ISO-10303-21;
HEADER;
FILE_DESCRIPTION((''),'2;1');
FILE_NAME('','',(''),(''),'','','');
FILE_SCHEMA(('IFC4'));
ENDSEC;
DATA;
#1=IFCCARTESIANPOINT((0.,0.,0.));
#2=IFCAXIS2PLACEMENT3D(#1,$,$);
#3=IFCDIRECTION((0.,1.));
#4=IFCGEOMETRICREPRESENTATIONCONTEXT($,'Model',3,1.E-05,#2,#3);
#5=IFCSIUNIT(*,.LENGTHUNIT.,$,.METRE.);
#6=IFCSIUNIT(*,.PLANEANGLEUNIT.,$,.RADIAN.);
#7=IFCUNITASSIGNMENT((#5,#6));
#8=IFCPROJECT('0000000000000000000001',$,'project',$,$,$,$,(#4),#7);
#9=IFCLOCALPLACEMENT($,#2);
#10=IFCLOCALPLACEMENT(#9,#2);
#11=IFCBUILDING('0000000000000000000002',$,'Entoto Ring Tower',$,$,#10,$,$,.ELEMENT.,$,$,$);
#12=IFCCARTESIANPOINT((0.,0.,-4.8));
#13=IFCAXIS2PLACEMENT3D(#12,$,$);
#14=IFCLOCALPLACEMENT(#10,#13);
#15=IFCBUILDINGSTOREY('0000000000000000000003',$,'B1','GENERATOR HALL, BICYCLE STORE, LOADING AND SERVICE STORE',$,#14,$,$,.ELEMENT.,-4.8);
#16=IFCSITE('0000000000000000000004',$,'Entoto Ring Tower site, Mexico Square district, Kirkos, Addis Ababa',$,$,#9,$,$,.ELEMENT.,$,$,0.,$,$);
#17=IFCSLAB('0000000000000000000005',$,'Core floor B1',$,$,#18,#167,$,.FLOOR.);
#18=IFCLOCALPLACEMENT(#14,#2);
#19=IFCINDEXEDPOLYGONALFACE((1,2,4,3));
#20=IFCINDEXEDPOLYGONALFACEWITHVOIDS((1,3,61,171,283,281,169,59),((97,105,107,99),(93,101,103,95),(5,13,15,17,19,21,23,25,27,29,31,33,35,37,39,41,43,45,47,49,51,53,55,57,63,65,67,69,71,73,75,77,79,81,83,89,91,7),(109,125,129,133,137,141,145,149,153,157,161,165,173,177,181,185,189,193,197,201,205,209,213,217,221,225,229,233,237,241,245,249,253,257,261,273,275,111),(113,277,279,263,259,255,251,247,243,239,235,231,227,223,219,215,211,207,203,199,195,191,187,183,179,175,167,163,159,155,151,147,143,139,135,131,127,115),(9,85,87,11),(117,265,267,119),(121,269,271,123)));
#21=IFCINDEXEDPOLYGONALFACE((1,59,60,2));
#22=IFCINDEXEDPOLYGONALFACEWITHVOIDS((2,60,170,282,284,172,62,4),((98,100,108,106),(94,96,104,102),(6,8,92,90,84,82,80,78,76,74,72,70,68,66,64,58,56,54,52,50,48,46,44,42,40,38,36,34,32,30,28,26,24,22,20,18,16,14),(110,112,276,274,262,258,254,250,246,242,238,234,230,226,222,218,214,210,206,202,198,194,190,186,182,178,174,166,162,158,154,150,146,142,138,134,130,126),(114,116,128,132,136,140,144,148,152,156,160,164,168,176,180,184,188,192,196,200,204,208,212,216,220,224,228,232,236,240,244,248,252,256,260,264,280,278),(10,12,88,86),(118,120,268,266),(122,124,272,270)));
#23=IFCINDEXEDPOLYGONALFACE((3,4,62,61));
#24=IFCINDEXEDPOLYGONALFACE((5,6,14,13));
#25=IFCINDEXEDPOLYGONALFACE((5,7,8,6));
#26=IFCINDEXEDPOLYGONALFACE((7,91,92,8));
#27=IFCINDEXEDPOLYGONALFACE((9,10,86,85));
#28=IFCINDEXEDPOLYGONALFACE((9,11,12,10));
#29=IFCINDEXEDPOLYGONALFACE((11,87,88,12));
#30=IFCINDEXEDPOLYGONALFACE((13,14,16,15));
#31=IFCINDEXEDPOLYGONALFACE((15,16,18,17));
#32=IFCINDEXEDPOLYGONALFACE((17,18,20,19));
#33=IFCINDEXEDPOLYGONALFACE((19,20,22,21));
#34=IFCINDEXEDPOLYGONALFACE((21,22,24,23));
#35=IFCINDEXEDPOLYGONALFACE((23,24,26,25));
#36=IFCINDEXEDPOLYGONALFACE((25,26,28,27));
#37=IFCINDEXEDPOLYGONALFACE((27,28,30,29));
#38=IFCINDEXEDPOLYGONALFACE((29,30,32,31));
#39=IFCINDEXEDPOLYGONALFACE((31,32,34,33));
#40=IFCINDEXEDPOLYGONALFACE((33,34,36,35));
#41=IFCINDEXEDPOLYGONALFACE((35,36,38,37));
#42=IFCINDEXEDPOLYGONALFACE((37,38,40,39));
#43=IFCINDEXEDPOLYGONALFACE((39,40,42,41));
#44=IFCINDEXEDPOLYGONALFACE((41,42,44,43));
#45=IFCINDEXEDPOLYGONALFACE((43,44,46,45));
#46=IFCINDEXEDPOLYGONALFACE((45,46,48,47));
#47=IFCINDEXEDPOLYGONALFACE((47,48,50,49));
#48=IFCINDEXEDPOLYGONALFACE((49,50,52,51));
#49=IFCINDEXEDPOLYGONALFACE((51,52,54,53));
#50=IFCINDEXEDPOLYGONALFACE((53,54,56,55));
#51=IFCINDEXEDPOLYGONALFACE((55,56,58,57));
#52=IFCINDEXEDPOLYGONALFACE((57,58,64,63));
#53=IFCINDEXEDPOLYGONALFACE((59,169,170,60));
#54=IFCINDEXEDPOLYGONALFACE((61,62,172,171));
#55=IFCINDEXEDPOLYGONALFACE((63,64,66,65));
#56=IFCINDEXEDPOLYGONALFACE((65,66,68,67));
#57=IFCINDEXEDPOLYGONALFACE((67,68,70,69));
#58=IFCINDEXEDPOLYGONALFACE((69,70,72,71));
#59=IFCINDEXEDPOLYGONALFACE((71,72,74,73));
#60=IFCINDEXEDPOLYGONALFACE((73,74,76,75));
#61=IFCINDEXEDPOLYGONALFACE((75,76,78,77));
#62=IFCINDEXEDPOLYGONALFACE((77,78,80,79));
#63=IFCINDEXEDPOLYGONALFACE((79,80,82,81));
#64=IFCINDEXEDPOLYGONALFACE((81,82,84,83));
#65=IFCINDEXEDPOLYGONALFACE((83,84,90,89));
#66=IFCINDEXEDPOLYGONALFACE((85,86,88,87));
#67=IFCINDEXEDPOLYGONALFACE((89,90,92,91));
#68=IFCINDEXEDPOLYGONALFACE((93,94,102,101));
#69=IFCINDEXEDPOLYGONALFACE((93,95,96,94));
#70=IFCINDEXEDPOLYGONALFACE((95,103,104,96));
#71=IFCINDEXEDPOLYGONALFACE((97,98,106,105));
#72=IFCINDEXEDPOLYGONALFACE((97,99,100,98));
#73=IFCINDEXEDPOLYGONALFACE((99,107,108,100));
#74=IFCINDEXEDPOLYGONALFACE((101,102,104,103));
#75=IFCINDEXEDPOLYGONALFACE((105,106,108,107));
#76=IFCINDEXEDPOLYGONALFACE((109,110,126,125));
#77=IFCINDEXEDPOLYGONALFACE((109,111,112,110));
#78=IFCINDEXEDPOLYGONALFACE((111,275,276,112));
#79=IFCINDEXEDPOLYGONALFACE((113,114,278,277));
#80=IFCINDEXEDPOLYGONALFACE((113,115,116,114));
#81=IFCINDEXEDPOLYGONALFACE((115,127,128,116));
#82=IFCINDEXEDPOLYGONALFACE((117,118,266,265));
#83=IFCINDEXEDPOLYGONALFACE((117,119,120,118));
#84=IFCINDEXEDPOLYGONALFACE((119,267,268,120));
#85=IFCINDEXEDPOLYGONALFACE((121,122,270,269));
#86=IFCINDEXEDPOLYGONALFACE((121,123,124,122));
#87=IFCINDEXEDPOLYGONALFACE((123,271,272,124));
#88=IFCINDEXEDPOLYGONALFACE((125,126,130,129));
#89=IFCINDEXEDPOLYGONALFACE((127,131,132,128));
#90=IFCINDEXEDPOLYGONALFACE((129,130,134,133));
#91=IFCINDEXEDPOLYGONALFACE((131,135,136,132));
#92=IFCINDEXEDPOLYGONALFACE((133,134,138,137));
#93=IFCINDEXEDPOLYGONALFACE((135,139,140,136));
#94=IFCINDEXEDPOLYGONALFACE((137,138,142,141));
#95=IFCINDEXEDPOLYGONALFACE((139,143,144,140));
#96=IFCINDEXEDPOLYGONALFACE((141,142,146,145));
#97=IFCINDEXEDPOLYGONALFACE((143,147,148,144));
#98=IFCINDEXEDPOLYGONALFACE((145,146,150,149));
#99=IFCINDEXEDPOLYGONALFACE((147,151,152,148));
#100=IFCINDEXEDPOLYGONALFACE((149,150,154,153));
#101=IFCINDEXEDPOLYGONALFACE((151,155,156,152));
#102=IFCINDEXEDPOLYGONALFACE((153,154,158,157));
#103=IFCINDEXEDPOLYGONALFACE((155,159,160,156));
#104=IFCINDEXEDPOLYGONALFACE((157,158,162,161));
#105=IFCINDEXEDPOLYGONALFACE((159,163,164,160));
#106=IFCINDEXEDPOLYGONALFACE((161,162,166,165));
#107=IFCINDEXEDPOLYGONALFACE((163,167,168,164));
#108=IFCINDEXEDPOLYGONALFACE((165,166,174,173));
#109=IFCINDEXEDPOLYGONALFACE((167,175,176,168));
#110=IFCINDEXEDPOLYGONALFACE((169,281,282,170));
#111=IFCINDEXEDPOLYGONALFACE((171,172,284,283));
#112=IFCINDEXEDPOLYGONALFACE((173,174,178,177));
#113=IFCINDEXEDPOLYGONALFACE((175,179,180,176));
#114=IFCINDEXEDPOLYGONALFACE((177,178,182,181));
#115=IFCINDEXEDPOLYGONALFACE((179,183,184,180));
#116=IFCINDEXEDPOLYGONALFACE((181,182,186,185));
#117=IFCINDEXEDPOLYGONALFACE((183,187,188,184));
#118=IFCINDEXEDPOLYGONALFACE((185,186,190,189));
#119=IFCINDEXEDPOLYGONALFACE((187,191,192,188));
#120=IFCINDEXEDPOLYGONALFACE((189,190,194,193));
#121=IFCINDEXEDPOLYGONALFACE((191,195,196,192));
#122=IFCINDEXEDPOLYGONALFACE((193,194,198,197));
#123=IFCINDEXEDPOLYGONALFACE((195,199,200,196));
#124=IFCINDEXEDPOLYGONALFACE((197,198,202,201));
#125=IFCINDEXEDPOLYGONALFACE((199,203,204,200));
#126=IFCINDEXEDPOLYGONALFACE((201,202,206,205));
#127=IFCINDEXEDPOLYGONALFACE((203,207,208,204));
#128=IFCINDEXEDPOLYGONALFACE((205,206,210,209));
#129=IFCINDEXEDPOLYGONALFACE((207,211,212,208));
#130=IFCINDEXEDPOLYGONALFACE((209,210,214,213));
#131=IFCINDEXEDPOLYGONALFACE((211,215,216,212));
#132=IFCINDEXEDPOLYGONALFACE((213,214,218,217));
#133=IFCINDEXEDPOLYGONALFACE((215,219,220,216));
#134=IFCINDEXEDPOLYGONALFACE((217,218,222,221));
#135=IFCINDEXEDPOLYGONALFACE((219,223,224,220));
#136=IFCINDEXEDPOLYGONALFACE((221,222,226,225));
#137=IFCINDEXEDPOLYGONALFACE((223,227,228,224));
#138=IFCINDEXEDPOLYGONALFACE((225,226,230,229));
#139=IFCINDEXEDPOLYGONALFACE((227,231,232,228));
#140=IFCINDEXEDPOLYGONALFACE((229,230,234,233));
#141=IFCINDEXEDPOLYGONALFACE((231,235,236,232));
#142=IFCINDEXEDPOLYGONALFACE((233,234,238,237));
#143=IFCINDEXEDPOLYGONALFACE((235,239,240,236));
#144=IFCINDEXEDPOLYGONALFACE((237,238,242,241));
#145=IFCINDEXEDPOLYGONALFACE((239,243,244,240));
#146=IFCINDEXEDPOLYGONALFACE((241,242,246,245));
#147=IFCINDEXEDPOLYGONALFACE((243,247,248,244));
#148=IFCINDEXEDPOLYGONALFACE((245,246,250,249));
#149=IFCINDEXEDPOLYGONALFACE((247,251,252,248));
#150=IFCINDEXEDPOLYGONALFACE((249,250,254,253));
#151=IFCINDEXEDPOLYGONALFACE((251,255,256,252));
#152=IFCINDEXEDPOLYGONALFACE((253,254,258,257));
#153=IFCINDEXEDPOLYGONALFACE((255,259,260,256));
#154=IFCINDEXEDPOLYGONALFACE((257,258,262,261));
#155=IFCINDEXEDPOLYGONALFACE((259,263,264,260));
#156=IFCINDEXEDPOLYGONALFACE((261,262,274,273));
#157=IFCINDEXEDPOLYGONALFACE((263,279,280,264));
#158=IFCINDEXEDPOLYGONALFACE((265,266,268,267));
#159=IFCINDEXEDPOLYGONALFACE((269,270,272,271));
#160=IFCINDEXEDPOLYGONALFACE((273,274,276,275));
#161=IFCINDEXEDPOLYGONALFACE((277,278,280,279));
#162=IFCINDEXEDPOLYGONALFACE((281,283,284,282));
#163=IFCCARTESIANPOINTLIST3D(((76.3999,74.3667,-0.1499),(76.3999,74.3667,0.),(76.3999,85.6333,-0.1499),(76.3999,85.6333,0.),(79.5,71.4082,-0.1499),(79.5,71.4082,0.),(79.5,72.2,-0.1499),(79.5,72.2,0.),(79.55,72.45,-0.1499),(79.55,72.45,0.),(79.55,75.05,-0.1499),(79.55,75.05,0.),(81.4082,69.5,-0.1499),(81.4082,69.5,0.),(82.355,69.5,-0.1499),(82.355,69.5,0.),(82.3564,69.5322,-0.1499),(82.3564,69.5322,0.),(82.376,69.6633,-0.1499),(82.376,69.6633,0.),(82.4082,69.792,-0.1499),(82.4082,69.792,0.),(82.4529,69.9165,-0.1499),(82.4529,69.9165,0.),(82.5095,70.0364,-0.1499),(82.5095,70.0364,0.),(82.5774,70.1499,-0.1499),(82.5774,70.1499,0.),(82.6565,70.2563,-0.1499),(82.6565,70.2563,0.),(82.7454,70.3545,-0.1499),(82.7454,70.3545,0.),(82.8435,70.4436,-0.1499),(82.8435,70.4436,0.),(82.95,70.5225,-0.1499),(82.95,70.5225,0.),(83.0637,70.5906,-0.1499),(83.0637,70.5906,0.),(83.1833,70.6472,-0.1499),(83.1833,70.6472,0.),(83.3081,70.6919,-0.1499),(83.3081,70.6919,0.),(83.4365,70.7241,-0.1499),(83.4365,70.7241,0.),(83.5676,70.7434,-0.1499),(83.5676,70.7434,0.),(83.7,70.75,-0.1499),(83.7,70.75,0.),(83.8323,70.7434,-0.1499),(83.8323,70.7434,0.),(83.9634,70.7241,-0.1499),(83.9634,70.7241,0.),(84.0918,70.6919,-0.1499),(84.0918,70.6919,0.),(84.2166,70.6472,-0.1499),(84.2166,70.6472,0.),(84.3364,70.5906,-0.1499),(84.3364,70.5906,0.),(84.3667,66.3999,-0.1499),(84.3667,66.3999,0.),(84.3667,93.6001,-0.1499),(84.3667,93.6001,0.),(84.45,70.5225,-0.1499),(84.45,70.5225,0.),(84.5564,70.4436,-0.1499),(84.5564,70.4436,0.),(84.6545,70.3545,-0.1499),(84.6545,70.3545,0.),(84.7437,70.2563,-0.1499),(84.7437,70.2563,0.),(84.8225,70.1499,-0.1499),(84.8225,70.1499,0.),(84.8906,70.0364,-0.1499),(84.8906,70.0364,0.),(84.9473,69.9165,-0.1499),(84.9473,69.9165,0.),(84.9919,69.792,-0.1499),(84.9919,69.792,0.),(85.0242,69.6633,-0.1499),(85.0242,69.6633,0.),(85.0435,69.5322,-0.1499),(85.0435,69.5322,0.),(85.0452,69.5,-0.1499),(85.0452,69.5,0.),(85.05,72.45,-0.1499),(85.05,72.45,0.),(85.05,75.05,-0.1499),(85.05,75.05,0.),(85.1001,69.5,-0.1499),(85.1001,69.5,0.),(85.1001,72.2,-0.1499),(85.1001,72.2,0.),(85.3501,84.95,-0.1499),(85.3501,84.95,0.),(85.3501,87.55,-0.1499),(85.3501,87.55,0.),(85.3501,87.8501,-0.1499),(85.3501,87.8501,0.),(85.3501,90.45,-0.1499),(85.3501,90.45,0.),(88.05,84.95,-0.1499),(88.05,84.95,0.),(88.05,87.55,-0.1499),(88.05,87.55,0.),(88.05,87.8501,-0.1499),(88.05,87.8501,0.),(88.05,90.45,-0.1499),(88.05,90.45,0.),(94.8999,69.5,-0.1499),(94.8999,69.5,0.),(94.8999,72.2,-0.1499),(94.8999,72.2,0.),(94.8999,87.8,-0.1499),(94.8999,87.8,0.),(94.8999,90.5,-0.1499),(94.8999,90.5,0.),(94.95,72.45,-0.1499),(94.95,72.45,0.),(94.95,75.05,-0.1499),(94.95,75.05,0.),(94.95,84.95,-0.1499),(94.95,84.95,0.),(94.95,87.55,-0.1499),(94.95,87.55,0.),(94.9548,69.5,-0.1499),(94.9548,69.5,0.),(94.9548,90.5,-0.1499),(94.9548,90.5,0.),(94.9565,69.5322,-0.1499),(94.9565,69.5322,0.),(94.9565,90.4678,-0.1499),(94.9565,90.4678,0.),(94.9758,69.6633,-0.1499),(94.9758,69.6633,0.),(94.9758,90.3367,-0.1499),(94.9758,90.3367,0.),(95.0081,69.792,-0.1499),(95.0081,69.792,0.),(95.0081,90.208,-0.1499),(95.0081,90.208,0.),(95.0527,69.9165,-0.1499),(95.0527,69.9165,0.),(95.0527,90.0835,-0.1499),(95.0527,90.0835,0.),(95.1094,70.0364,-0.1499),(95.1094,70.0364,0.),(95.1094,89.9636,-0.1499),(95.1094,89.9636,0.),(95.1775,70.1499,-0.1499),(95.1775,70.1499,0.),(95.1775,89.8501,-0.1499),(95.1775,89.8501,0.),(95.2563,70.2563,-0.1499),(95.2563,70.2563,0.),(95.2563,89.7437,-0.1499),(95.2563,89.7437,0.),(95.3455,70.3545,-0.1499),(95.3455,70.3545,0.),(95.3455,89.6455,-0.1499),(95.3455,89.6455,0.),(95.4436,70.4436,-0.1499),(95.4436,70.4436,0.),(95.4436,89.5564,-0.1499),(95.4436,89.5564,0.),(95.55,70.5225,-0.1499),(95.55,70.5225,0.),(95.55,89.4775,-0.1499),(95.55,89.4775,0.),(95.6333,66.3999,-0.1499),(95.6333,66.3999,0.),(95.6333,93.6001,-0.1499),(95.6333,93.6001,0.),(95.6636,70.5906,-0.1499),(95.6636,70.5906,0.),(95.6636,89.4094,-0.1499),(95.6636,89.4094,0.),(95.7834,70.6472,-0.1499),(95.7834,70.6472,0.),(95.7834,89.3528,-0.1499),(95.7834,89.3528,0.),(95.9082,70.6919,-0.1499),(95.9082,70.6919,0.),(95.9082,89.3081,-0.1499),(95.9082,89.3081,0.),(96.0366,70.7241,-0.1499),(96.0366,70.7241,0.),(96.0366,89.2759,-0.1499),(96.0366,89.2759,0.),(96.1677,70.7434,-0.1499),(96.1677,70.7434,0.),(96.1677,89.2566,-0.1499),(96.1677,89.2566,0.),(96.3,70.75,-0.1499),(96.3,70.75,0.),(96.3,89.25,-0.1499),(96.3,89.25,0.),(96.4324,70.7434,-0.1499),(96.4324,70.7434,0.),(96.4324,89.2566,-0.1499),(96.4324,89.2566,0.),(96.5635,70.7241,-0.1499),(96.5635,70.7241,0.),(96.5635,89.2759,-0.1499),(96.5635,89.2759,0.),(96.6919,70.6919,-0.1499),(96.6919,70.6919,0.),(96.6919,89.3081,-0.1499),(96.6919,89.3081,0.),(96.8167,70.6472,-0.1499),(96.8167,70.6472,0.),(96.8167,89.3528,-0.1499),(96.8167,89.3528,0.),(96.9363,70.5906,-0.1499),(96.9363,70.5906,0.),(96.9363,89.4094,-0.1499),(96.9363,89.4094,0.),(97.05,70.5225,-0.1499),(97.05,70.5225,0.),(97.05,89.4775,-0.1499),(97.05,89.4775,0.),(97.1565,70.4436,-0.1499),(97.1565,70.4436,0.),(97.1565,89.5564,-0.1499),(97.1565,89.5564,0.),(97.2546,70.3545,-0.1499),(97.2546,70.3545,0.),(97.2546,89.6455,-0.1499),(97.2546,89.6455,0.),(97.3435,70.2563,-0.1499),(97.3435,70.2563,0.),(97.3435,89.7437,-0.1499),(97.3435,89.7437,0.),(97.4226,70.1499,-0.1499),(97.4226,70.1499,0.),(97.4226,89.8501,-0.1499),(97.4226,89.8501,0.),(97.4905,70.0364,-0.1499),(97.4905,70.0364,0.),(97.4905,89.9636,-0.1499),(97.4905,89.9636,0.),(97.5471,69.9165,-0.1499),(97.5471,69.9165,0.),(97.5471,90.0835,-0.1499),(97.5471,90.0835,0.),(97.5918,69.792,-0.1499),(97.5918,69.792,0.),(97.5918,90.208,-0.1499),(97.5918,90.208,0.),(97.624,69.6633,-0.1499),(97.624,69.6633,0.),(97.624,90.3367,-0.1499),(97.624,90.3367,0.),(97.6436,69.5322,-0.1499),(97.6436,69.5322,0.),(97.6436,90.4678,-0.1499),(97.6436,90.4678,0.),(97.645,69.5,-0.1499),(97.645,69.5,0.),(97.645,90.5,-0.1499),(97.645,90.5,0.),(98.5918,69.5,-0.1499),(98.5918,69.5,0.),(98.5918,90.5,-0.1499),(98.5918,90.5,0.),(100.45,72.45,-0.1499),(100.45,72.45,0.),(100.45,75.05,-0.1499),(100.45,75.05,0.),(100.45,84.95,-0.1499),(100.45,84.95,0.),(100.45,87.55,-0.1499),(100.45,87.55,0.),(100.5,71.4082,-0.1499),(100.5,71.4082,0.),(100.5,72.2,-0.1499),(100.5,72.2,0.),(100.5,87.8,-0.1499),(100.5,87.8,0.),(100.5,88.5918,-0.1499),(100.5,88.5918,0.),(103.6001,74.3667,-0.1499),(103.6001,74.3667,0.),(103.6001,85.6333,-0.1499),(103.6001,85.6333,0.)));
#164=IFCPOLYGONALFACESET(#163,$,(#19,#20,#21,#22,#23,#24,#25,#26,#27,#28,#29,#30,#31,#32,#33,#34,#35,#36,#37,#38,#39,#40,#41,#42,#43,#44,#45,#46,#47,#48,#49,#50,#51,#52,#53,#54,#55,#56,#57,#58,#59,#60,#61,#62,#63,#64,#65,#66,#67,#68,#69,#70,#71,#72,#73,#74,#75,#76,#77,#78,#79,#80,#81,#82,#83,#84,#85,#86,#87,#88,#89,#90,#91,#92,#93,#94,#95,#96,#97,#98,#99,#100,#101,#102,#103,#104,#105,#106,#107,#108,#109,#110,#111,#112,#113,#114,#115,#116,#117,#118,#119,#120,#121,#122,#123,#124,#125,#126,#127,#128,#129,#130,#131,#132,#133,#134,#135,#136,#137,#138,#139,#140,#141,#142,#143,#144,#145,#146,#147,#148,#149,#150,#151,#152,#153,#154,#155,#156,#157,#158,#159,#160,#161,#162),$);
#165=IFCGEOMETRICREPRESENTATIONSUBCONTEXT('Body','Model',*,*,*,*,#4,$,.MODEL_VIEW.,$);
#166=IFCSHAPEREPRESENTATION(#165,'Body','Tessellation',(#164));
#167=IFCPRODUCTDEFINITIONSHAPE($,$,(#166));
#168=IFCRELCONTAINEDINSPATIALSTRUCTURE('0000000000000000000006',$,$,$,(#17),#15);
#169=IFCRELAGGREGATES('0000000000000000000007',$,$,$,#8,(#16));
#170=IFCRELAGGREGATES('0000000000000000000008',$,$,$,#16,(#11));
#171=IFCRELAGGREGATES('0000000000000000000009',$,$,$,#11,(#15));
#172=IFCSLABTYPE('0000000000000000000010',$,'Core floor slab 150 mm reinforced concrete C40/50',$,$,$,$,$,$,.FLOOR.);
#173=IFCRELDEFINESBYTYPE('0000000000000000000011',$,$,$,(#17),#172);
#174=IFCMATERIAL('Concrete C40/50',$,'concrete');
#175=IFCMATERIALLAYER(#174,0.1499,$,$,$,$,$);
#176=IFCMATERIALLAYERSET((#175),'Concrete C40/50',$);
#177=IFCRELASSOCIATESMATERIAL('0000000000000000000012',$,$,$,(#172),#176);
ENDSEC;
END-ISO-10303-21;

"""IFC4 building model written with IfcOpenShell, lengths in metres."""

from ifc_helpers import new_model, si_unit, direction, frame, origin, place, context, subcontext, project, spatial, polyline, outline, extrude, material, layer, layer_set, type_object, element, save


model = new_model("IFC4")

# Units and contexts
model_context = context("Model", 3, precision=1e-05, world=origin(), true_north=direction((0.0, 1.0)))
body_context = subcontext(model_context, "Body", "Model", "MODEL_VIEW")
ifc_project = project(units=[si_unit("LENGTHUNIT", "METRE"), si_unit("PLANEANGLEUNIT", "RADIAN")], contexts=[model_context])

# Site, building, storey
site_placement = place(None, origin())
site = spatial("IfcSite", under=ifc_project, at=site_placement, Name="Entoto Ring Tower site, Mexico Square district, Kirkos, Addis Ababa", CompositionType="ELEMENT", RefElevation=0.0)
building_placement = place(site_placement, origin())
building = spatial("IfcBuilding", under=site, at=building_placement, Name="Entoto Ring Tower", CompositionType="ELEMENT")
storey_placement = place(building_placement, frame((0.0, 0.0, -4.8)))
storey = spatial("IfcBuildingStorey", under=building, at=storey_placement, Name="B1", Description="GENERATOR HALL, BICYCLE STORE, LOADING AND SERVICE STORE", CompositionType="ELEMENT", Elevation=-4.8)

# Slab
ifc_material_1 = material(Name="Concrete C40/50", Category="concrete")
ifc_layer_1 = layer(ifc_material_1, 0.1499)
ifc_layer_set_1 = layer_set([ifc_layer_1], Name="Concrete C40/50")
slab_type_1 = type_object("IfcSlabType", Name="Core floor slab 150 mm reinforced concrete C40/50", PredefinedType="FLOOR", material=ifc_layer_set_1)
slab_1_placement = place(storey_placement, frame((0.0, 0.0, -0.1499)))
element("IfcSlab", 1, at=slab_1_placement, inside=storey, type_object=slab_type_1, Name="Core floor B1", PredefinedType="FLOOR", context=body_context, shape_type="SweptSolid", body=[
    extrude(outline(polyline([(103.6001, 74.3667), (103.6001, 85.6333), (95.6333, 93.6001), (84.3667, 93.6001), (76.3999, 85.6333), (76.3999, 74.3667), (84.3667, 66.3999), (95.6333, 66.3999), (103.6001, 74.3667)]), holes=[polyline([(100.45, 84.95), (100.45, 87.55), (94.95, 87.55), (94.95, 84.95), (100.45, 84.95)]), polyline([(85.05, 72.45), (85.05, 75.05), (79.55, 75.05), (79.55, 72.45), (85.05, 72.45)]), polyline([(100.45, 72.45), (100.45, 75.05), (94.95, 75.05), (94.95, 72.45), (100.45, 72.45)]), polyline([(85.3501, 84.95), (88.05, 84.95), (88.05, 87.55), (85.3501, 87.55), (85.3501, 84.95)]), polyline([(85.3501, 87.8501), (88.05, 87.8501), (88.05, 90.45), (85.3501, 90.45), (85.3501, 87.8501)]), polyline([(94.8999, 90.5), (94.8999, 87.8), (100.5, 87.8), (100.5, 88.5918), (98.5918, 90.5), (97.645, 90.5), (97.6436, 90.4678), (97.624, 90.3367), (97.5918, 90.208), (97.5471, 90.0835), (97.4905, 89.9636), (97.4226, 89.8501), (97.3435, 89.7437), (97.2546, 89.6455), (97.1565, 89.5564), (97.05, 89.4775), (96.9363, 89.4094), (96.8167, 89.3528), (96.6919, 89.3081), (96.5635, 89.2759), (96.4324, 89.2566), (96.3, 89.25), (96.1677, 89.2566), (96.0366, 89.2759), (95.9082, 89.3081), (95.7834, 89.3528), (95.6636, 89.4094), (95.55, 89.4775), (95.4436, 89.5564), (95.3455, 89.6455), (95.2563, 89.7437), (95.1775, 89.8501), (95.1094, 89.9636), (95.0527, 90.0835), (95.0081, 90.208), (94.9758, 90.3367), (94.9565, 90.4678), (94.9548, 90.5), (94.8999, 90.5)]), polyline([(79.5, 71.4082), (81.4082, 69.5), (82.355, 69.5), (82.3564, 69.5322), (82.376, 69.6633), (82.4082, 69.792), (82.4529, 69.9165), (82.5095, 70.0364), (82.5774, 70.1499), (82.6565, 70.2563), (82.7454, 70.3545), (82.8435, 70.4436), (82.95, 70.5225), (83.0637, 70.5906), (83.1833, 70.6472), (83.3081, 70.6919), (83.4365, 70.7241), (83.5676, 70.7434), (83.7, 70.75), (83.8323, 70.7434), (83.9634, 70.7241), (84.0918, 70.6919), (84.2166, 70.6472), (84.3364, 70.5906), (84.45, 70.5225), (84.5564, 70.4436), (84.6545, 70.3545), (84.7437, 70.2563), (84.8225, 70.1499), (84.8906, 70.0364), (84.9473, 69.9165), (84.9919, 69.792), (85.0242, 69.6633), (85.0435, 69.5322), (85.0452, 69.5), (85.1001, 69.5), (85.1001, 72.2), (79.5, 72.2), (79.5, 71.4082)]), polyline([(97.645, 69.5), (98.5918, 69.5), (100.5, 71.4082), (100.5, 72.2), (94.8999, 72.2), (94.8999, 69.5), (94.9548, 69.5), (94.9565, 69.5322), (94.9758, 69.6633), (95.0081, 69.792), (95.0527, 69.9165), (95.1094, 70.0364), (95.1775, 70.1499), (95.2563, 70.2563), (95.3455, 70.3545), (95.4436, 70.4436), (95.55, 70.5225), (95.6636, 70.5906), (95.7834, 70.6472), (95.9082, 70.6919), (96.0366, 70.7241), (96.1677, 70.7434), (96.3, 70.75), (96.4324, 70.7434), (96.5635, 70.7241), (96.6919, 70.6919), (96.8167, 70.6472), (96.9363, 70.5906), (97.05, 70.5225), (97.1565, 70.4436), (97.2546, 70.3545), (97.3435, 70.2563), (97.4226, 70.1499), (97.4905, 70.0364), (97.5471, 69.9165), (97.5918, 69.792), (97.624, 69.6633), (97.6436, 69.5322), (97.645, 69.5)])]), origin(), (0.0, 0.0, 1.0), 0.1499),
])

save(model, "model.ifc")
